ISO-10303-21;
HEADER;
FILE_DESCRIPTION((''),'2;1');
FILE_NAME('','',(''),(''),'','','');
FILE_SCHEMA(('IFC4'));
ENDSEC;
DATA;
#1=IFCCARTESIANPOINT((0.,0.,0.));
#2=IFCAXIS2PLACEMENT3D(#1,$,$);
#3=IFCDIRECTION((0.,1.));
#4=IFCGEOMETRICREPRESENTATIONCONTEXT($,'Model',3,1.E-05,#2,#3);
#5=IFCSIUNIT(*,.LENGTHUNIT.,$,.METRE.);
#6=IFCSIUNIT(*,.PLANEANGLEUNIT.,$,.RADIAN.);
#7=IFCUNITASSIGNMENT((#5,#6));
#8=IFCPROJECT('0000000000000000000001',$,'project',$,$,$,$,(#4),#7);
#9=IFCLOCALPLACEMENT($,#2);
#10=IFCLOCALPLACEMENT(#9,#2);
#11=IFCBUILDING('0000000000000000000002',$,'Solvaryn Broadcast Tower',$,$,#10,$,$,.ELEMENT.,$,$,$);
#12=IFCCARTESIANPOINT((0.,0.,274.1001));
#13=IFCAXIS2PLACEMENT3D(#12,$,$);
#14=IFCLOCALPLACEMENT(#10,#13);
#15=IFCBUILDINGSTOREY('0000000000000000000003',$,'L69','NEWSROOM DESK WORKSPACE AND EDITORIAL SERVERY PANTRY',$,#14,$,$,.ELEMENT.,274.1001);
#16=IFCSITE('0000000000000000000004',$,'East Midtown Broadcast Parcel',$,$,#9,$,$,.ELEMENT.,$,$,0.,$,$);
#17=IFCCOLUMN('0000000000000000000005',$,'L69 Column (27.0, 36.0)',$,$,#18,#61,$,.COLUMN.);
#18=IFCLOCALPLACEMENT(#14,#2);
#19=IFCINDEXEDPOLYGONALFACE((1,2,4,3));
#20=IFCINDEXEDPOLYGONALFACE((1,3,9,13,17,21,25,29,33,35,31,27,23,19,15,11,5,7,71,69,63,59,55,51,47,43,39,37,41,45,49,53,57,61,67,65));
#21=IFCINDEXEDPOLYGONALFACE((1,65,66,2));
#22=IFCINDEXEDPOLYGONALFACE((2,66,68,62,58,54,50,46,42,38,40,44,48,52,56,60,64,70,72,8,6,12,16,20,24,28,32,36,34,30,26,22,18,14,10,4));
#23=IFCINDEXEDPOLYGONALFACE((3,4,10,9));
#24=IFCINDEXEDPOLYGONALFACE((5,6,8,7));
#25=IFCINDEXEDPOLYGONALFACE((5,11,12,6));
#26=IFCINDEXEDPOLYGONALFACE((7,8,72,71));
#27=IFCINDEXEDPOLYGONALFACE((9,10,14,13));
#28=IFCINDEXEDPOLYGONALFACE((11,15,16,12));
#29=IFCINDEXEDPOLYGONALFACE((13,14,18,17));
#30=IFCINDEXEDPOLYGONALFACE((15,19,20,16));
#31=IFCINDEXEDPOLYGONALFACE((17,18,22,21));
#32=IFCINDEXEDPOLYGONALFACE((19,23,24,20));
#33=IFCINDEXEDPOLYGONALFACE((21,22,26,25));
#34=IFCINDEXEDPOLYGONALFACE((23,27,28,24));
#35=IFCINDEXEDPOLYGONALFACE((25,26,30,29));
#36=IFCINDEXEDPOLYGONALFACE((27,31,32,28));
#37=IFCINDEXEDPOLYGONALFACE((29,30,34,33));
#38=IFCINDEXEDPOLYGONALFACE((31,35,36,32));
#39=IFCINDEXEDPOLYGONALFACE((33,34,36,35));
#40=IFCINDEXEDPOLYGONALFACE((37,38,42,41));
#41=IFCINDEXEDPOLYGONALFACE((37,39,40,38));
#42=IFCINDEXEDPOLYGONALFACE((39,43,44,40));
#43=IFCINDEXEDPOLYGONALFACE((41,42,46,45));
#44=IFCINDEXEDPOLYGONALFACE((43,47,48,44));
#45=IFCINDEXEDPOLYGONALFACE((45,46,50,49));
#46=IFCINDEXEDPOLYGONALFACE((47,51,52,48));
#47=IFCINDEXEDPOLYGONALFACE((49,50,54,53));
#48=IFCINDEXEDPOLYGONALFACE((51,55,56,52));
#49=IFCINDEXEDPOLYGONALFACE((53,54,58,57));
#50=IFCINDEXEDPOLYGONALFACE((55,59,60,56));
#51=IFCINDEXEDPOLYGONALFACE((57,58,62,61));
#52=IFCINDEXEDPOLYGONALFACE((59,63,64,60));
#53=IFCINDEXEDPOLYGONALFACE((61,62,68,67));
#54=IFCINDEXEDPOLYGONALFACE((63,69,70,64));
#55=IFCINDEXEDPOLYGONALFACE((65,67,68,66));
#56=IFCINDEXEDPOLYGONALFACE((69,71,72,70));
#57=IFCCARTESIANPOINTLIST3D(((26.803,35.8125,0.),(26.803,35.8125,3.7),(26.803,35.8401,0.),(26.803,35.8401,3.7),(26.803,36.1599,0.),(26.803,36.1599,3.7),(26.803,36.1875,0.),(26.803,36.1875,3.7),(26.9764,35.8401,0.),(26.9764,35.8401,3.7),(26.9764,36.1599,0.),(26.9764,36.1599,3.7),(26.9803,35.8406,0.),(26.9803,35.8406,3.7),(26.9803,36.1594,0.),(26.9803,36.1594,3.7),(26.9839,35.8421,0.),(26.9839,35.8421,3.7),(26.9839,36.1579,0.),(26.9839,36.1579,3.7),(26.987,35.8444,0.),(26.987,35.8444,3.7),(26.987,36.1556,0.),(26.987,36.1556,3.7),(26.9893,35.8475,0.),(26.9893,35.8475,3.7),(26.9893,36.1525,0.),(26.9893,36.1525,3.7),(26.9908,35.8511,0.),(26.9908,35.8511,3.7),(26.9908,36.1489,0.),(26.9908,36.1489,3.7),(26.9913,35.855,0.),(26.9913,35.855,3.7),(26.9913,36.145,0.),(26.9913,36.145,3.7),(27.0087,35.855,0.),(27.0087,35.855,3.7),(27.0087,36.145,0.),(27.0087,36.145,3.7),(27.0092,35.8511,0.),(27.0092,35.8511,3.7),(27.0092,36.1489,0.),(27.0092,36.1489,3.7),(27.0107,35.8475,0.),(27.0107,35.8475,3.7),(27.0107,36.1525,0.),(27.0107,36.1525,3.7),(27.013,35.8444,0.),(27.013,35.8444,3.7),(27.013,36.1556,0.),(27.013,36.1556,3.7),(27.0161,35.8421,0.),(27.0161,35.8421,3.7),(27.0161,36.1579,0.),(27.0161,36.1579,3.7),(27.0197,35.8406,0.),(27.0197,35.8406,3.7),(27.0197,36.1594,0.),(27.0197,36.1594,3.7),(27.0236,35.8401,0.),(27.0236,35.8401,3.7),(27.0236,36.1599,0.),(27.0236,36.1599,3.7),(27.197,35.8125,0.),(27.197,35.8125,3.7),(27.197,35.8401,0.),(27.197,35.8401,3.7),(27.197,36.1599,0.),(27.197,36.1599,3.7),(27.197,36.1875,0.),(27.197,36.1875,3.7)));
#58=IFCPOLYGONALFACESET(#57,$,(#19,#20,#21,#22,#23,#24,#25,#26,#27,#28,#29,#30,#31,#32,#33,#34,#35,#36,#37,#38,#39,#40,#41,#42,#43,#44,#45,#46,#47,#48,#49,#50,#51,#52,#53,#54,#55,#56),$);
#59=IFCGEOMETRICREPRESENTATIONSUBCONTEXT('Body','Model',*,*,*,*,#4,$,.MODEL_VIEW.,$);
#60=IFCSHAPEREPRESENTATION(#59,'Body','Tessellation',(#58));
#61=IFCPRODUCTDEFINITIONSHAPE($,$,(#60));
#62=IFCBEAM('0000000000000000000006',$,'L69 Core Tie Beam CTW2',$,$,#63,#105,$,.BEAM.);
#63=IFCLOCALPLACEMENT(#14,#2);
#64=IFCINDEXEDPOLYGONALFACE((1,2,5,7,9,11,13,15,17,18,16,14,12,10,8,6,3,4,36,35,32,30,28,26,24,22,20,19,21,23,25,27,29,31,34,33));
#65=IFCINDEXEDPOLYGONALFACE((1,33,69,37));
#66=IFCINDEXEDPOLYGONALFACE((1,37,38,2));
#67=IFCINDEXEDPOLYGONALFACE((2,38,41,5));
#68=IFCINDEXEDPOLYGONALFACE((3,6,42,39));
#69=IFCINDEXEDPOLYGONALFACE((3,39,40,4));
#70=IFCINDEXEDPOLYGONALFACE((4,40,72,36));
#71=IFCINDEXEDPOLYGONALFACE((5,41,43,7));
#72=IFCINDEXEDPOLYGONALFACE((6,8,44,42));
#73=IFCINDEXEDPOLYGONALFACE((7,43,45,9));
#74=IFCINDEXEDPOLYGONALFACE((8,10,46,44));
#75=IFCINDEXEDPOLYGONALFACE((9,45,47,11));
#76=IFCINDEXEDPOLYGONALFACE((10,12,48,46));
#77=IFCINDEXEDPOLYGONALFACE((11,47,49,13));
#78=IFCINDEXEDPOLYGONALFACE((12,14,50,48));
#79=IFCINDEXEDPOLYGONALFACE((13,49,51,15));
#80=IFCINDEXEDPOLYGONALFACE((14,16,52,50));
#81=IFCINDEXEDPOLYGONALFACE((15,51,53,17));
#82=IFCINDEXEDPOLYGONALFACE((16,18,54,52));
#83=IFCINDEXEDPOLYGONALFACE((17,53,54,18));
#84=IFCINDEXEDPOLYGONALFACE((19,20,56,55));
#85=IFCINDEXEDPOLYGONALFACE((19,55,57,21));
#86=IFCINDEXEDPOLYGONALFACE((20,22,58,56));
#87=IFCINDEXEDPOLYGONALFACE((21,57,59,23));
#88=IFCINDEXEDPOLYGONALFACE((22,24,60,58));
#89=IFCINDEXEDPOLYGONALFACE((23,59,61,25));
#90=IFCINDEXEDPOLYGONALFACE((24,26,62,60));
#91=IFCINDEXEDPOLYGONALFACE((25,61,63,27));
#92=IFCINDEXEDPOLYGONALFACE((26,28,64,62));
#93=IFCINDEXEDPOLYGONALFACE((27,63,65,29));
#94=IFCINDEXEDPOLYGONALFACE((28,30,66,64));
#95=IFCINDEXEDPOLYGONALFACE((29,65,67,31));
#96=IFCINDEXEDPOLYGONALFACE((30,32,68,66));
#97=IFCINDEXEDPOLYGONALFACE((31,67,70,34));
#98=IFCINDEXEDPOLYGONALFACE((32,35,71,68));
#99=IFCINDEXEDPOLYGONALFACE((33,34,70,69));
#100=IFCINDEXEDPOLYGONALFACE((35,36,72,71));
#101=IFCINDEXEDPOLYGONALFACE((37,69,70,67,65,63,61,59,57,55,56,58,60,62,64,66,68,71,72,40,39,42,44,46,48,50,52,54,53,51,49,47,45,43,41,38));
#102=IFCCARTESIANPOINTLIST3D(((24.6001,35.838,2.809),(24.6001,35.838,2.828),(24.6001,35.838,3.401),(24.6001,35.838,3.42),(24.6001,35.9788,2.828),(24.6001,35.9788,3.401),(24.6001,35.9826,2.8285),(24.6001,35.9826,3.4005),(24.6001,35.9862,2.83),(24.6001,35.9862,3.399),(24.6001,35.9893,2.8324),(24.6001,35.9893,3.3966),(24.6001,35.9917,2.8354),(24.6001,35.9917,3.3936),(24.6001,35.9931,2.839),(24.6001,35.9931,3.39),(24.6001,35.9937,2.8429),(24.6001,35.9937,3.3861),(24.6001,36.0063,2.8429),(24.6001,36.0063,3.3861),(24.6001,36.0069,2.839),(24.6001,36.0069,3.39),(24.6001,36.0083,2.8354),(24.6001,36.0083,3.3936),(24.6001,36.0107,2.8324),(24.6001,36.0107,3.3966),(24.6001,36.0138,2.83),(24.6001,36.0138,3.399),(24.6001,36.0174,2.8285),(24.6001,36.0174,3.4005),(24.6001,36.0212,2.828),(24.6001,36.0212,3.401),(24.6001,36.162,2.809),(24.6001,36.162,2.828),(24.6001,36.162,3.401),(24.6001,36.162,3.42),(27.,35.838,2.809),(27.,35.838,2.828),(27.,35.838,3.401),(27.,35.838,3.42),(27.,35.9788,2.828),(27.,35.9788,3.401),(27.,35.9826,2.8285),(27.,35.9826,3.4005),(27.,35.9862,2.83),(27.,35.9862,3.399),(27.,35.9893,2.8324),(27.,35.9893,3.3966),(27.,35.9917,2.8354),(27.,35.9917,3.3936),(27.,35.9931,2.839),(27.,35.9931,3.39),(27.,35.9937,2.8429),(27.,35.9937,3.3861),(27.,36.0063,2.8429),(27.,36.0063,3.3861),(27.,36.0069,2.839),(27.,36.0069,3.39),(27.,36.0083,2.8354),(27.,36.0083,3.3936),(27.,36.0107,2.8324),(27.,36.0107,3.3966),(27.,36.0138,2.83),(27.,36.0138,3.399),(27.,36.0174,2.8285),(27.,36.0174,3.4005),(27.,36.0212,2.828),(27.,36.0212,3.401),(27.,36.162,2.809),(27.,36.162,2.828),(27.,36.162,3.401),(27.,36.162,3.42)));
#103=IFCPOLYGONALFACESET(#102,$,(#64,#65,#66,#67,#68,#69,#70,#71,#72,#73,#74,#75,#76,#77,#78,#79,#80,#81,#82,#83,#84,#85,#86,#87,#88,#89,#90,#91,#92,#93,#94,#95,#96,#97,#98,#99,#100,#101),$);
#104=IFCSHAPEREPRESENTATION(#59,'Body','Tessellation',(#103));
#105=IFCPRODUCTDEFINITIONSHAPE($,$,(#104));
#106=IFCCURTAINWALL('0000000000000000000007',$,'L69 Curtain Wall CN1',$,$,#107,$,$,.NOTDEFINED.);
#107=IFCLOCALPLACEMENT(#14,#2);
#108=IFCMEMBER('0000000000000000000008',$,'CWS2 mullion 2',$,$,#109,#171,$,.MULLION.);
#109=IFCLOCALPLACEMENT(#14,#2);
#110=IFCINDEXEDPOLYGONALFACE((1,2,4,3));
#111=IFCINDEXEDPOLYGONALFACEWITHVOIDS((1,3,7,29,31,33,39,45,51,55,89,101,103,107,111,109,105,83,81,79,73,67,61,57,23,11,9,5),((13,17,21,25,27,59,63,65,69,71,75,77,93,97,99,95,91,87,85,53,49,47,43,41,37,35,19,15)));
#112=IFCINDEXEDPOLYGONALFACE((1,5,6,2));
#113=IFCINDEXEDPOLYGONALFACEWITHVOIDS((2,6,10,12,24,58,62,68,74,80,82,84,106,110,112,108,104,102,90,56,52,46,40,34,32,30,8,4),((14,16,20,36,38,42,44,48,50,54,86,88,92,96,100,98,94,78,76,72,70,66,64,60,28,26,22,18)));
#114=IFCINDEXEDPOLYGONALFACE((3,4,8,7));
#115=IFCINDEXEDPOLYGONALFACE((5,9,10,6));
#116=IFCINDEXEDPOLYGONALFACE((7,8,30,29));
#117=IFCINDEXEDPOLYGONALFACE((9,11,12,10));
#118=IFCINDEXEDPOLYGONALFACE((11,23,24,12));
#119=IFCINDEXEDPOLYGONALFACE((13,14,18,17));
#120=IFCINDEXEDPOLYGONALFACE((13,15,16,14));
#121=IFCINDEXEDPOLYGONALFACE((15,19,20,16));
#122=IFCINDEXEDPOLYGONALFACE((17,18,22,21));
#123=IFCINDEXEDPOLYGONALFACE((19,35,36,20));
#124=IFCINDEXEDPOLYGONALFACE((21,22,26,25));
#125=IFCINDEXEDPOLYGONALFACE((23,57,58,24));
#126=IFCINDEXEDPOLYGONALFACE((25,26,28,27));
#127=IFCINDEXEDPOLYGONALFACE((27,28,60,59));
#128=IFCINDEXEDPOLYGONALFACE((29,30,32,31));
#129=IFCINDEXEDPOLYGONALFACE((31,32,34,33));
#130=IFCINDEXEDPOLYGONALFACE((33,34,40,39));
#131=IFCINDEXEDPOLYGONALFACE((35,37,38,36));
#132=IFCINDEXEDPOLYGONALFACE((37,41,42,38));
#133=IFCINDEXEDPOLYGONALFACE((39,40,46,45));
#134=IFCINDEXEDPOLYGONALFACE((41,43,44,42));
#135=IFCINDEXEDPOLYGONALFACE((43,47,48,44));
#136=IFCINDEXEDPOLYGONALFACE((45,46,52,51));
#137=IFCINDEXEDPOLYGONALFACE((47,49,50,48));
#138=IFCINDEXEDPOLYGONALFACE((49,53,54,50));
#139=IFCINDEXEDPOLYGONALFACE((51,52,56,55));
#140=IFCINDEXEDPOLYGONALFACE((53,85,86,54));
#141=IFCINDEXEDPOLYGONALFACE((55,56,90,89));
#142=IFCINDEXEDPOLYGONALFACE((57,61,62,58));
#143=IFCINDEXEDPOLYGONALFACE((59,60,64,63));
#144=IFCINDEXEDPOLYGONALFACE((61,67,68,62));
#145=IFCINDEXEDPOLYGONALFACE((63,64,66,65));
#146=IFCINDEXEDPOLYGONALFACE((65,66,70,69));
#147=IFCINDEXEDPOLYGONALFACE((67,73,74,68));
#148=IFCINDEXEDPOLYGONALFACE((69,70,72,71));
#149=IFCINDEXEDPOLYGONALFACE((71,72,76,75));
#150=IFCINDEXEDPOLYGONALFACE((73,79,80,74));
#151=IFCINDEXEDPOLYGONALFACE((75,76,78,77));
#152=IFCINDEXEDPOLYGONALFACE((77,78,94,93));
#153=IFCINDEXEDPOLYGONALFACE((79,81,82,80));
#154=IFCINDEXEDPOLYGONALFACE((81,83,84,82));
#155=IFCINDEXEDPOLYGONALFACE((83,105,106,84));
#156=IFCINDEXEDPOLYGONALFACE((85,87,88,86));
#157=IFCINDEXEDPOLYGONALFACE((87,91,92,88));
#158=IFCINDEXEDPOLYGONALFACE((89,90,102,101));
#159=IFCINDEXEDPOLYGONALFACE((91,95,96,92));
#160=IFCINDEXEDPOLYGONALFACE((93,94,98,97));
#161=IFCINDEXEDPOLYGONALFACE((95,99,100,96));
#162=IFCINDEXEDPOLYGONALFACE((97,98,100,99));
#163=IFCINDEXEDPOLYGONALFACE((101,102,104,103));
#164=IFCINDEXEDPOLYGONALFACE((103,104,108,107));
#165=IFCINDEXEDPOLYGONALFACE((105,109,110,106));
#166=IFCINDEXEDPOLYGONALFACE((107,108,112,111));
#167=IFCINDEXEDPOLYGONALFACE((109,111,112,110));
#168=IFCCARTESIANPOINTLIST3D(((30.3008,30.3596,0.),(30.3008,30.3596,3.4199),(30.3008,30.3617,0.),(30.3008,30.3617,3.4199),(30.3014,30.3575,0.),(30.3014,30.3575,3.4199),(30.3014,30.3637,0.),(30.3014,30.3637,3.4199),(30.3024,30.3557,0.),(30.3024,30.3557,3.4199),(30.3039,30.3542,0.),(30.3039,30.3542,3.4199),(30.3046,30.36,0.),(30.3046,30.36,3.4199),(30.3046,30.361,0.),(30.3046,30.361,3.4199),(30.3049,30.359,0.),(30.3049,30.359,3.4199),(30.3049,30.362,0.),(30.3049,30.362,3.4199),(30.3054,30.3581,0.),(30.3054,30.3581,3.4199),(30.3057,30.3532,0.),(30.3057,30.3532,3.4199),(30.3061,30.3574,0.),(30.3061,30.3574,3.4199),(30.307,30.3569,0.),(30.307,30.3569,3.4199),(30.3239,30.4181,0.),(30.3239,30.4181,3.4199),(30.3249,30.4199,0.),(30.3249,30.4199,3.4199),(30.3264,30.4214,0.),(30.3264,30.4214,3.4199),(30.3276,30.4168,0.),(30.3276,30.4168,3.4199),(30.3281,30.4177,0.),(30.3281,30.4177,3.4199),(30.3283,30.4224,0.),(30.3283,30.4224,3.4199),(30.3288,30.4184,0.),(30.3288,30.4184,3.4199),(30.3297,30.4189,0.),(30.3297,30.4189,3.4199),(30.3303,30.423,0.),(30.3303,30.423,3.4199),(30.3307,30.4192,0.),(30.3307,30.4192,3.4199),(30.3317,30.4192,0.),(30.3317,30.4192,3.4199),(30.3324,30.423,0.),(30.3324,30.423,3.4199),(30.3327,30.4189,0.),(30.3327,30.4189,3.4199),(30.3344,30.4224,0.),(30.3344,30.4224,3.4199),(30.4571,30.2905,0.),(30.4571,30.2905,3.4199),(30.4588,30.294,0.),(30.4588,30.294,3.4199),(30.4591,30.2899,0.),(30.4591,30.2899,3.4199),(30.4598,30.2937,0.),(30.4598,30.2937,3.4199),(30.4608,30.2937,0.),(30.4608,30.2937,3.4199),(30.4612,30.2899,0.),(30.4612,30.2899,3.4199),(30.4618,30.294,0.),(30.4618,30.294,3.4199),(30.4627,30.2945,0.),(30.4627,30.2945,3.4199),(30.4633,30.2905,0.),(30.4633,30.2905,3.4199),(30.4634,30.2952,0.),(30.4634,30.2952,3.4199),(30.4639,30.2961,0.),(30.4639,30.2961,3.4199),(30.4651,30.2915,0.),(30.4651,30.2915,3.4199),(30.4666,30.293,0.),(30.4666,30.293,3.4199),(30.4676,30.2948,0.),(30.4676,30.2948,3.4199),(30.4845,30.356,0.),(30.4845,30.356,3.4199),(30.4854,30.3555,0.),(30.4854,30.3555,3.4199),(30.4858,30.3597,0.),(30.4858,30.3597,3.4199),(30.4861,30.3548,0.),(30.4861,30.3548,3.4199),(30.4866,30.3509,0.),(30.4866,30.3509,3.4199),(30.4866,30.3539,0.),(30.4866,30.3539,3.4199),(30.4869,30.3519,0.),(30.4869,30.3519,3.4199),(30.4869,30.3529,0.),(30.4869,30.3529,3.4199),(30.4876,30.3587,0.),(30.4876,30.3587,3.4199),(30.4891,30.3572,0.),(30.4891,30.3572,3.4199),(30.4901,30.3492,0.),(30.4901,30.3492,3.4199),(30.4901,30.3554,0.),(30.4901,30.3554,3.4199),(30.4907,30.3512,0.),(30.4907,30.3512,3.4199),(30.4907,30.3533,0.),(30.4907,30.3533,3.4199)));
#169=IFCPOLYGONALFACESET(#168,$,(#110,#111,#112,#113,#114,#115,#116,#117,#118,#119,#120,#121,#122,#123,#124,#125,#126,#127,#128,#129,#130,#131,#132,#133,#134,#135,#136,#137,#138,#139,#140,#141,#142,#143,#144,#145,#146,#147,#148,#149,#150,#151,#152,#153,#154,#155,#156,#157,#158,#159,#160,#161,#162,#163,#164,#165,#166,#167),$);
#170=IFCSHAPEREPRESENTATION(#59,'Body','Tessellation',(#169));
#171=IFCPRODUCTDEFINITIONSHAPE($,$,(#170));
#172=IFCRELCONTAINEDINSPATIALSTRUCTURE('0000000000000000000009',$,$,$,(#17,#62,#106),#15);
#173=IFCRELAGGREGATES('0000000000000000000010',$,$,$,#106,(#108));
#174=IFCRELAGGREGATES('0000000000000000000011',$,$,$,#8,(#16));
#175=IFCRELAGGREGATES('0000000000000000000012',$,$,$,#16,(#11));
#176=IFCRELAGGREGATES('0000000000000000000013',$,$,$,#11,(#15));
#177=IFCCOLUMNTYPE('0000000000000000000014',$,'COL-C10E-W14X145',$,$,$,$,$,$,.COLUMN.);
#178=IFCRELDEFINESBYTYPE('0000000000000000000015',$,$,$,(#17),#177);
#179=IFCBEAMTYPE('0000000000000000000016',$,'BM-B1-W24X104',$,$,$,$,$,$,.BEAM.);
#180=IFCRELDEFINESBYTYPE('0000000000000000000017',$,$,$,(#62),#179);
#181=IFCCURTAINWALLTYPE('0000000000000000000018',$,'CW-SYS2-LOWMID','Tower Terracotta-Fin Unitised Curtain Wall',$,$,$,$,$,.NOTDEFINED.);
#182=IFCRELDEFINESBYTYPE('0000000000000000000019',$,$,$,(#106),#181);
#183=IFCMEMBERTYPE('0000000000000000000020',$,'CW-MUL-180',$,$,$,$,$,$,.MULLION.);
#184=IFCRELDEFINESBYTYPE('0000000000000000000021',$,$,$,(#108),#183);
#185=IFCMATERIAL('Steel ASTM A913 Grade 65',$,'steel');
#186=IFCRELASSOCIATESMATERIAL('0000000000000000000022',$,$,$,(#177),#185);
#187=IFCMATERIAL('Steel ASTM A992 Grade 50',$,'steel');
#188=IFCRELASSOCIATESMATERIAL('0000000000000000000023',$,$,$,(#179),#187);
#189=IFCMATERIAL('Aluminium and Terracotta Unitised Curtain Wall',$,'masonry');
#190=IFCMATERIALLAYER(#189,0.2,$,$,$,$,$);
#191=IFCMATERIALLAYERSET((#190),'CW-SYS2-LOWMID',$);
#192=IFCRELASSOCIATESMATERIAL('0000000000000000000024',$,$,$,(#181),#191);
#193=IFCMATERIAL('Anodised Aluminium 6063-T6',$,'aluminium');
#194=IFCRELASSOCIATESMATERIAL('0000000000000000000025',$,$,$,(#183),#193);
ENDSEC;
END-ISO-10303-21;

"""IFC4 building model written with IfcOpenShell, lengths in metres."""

from ifc_helpers import new_model, si_unit, direction, frame, origin, origin_2d, place, context, subcontext, project, spatial, hollow_rectangle, i_section, extrude, material, layer, layer_set, material_profile, profile_set, type_object, element, aggregate, save


model = new_model("IFC4")

# Units and contexts
model_context = context("Model", 3, precision=1e-05, world=origin(), true_north=direction((0.0, 1.0)))
body_context = subcontext(model_context, "Body", "Model", "MODEL_VIEW")
ifc_project = project(units=[si_unit("LENGTHUNIT", "METRE"), si_unit("PLANEANGLEUNIT", "RADIAN")], contexts=[model_context])

# Site, building, storey
site_placement = place(None, origin())
site = spatial("IfcSite", under=ifc_project, at=site_placement, Name="East Midtown Broadcast Parcel", CompositionType="ELEMENT", RefElevation=0.0)
building_placement = place(site_placement, origin())
building = spatial("IfcBuilding", under=site, at=building_placement, Name="Solvaryn Broadcast Tower", CompositionType="ELEMENT")
storey_placement = place(building_placement, frame((0.0, 0.0, 274.1001)))
storey = spatial("IfcBuildingStorey", under=building, at=storey_placement, Name="L69", Description="NEWSROOM DESK WORKSPACE AND EDITORIAL SERVERY PANTRY", CompositionType="ELEMENT", Elevation=274.1001)

# Column
ifc_material_1 = material(Name="Steel ASTM A913 Grade 65", Category="steel")
ifc_material_profile_1 = material_profile(ifc_material_1, i_section(OverallWidth=0.394, OverallDepth=0.375, WebThickness=0.0173, FlangeThickness=0.0276, FilletRadius=0.0149, at=origin_2d()))
ifc_profile_set_1 = profile_set([ifc_material_profile_1], Name="Steel ASTM A913 Grade 65")
column_type = type_object("IfcColumnType", Name="COL-C10E-W14X145", PredefinedType="COLUMN", material=ifc_profile_set_1)
column_placement = place(storey_placement, frame((27.0, 36.0, 0.0), z_axis=(0.0, 0.0, 1.0), x_axis=(1.0, 0.0, 0.0)))
element("IfcColumn", 1, at=column_placement, inside=storey, type_object=column_type, Name="L69 Column (27.0, 36.0)", PredefinedType="COLUMN", context=body_context, shape_type="SweptSolid", body=[
    extrude(i_section(OverallWidth=0.394, OverallDepth=0.375, WebThickness=0.0173, FlangeThickness=0.0276, FilletRadius=0.0149, at=origin_2d()), origin(), (0.0, 0.0, 1.0), 3.7),
])

# Beam
ifc_material_2 = material(Name="Steel ASTM A992 Grade 50", Category="steel")
ifc_material_profile_2 = material_profile(ifc_material_2, i_section(OverallWidth=0.324, OverallDepth=0.6111, WebThickness=0.0127, FlangeThickness=0.019, FilletRadius=0.0149, at=origin_2d()))
ifc_profile_set_2 = profile_set([ifc_material_profile_2], Name="Steel ASTM A992 Grade 50")
beam_type = type_object("IfcBeamType", Name="BM-B1-W24X104", PredefinedType="BEAM", material=ifc_profile_set_2)
beam_placement = place(storey_placement, frame((24.6001, 36.0, 3.1145), z_axis=(1.0, 0.0, 0.0), x_axis=(0.0, 1.0, 0.0)))
element("IfcBeam", 2, at=beam_placement, inside=storey, type_object=beam_type, Name="L69 Core Tie Beam CTW2", PredefinedType="BEAM", context=body_context, shape_type="SweptSolid", body=[
    extrude(i_section(OverallWidth=0.324, OverallDepth=0.6111, WebThickness=0.0127, FlangeThickness=0.019, FilletRadius=0.0149, at=origin_2d()), origin(), (0.0, 0.0, 1.0), 2.3999),
])

# Curtain wall, member
ifc_material_3 = material(Name="Aluminium and Terracotta Unitised Curtain Wall", Category="masonry")
ifc_layer_1 = layer(ifc_material_3, 0.2)
ifc_layer_set_1 = layer_set([ifc_layer_1], Name="CW-SYS2-LOWMID")
curtain_wall_type = type_object("IfcCurtainWallType", Name="CW-SYS2-LOWMID", Description="Tower Terracotta-Fin Unitised Curtain Wall", PredefinedType="NOTDEFINED", material=ifc_layer_set_1)
curtain_wall_1_placement = place(storey_placement, origin())
curtain_wall_1 = element("IfcCurtainWall", 3, at=curtain_wall_1_placement, inside=storey, type_object=curtain_wall_type, Name="L69 Curtain Wall CN1", PredefinedType="NOTDEFINED")
ifc_material_4 = material(Name="Anodised Aluminium 6063-T6", Category="aluminium")
ifc_material_profile_3 = material_profile(ifc_material_4, hollow_rectangle(XDim=0.075, YDim=0.1799, WallThickness=0.0039, InnerFilletRadius=0.0039, OuterFilletRadius=0.0081, at=origin_2d()))
ifc_profile_set_3 = profile_set([ifc_material_profile_3], Name="Anodised Aluminium 6063-T6")
member_type_1 = type_object("IfcMemberType", Name="CW-MUL-180", PredefinedType="MULLION", material=ifc_profile_set_3)
member_1_placement = place(storey_placement, frame((30.3958, 30.3564, 0.0), z_axis=(0.0, 0.0, 1.0), x_axis=(-0.382646, -0.923895, 0.0)))
member_1 = element("IfcMember", 4, at=member_1_placement, type_object=member_type_1, Name="CWS2 mullion 2", PredefinedType="MULLION", context=body_context, shape_type="SweptSolid", body=[
    extrude(hollow_rectangle(XDim=0.075, YDim=0.1799, WallThickness=0.0039, InnerFilletRadius=0.0039, OuterFilletRadius=0.0081, at=origin_2d()), origin(), (0.0, 0.0, 1.0), 3.4199),
])

aggregate(curtain_wall_1, [member_1])

save(model, "model.ifc")
